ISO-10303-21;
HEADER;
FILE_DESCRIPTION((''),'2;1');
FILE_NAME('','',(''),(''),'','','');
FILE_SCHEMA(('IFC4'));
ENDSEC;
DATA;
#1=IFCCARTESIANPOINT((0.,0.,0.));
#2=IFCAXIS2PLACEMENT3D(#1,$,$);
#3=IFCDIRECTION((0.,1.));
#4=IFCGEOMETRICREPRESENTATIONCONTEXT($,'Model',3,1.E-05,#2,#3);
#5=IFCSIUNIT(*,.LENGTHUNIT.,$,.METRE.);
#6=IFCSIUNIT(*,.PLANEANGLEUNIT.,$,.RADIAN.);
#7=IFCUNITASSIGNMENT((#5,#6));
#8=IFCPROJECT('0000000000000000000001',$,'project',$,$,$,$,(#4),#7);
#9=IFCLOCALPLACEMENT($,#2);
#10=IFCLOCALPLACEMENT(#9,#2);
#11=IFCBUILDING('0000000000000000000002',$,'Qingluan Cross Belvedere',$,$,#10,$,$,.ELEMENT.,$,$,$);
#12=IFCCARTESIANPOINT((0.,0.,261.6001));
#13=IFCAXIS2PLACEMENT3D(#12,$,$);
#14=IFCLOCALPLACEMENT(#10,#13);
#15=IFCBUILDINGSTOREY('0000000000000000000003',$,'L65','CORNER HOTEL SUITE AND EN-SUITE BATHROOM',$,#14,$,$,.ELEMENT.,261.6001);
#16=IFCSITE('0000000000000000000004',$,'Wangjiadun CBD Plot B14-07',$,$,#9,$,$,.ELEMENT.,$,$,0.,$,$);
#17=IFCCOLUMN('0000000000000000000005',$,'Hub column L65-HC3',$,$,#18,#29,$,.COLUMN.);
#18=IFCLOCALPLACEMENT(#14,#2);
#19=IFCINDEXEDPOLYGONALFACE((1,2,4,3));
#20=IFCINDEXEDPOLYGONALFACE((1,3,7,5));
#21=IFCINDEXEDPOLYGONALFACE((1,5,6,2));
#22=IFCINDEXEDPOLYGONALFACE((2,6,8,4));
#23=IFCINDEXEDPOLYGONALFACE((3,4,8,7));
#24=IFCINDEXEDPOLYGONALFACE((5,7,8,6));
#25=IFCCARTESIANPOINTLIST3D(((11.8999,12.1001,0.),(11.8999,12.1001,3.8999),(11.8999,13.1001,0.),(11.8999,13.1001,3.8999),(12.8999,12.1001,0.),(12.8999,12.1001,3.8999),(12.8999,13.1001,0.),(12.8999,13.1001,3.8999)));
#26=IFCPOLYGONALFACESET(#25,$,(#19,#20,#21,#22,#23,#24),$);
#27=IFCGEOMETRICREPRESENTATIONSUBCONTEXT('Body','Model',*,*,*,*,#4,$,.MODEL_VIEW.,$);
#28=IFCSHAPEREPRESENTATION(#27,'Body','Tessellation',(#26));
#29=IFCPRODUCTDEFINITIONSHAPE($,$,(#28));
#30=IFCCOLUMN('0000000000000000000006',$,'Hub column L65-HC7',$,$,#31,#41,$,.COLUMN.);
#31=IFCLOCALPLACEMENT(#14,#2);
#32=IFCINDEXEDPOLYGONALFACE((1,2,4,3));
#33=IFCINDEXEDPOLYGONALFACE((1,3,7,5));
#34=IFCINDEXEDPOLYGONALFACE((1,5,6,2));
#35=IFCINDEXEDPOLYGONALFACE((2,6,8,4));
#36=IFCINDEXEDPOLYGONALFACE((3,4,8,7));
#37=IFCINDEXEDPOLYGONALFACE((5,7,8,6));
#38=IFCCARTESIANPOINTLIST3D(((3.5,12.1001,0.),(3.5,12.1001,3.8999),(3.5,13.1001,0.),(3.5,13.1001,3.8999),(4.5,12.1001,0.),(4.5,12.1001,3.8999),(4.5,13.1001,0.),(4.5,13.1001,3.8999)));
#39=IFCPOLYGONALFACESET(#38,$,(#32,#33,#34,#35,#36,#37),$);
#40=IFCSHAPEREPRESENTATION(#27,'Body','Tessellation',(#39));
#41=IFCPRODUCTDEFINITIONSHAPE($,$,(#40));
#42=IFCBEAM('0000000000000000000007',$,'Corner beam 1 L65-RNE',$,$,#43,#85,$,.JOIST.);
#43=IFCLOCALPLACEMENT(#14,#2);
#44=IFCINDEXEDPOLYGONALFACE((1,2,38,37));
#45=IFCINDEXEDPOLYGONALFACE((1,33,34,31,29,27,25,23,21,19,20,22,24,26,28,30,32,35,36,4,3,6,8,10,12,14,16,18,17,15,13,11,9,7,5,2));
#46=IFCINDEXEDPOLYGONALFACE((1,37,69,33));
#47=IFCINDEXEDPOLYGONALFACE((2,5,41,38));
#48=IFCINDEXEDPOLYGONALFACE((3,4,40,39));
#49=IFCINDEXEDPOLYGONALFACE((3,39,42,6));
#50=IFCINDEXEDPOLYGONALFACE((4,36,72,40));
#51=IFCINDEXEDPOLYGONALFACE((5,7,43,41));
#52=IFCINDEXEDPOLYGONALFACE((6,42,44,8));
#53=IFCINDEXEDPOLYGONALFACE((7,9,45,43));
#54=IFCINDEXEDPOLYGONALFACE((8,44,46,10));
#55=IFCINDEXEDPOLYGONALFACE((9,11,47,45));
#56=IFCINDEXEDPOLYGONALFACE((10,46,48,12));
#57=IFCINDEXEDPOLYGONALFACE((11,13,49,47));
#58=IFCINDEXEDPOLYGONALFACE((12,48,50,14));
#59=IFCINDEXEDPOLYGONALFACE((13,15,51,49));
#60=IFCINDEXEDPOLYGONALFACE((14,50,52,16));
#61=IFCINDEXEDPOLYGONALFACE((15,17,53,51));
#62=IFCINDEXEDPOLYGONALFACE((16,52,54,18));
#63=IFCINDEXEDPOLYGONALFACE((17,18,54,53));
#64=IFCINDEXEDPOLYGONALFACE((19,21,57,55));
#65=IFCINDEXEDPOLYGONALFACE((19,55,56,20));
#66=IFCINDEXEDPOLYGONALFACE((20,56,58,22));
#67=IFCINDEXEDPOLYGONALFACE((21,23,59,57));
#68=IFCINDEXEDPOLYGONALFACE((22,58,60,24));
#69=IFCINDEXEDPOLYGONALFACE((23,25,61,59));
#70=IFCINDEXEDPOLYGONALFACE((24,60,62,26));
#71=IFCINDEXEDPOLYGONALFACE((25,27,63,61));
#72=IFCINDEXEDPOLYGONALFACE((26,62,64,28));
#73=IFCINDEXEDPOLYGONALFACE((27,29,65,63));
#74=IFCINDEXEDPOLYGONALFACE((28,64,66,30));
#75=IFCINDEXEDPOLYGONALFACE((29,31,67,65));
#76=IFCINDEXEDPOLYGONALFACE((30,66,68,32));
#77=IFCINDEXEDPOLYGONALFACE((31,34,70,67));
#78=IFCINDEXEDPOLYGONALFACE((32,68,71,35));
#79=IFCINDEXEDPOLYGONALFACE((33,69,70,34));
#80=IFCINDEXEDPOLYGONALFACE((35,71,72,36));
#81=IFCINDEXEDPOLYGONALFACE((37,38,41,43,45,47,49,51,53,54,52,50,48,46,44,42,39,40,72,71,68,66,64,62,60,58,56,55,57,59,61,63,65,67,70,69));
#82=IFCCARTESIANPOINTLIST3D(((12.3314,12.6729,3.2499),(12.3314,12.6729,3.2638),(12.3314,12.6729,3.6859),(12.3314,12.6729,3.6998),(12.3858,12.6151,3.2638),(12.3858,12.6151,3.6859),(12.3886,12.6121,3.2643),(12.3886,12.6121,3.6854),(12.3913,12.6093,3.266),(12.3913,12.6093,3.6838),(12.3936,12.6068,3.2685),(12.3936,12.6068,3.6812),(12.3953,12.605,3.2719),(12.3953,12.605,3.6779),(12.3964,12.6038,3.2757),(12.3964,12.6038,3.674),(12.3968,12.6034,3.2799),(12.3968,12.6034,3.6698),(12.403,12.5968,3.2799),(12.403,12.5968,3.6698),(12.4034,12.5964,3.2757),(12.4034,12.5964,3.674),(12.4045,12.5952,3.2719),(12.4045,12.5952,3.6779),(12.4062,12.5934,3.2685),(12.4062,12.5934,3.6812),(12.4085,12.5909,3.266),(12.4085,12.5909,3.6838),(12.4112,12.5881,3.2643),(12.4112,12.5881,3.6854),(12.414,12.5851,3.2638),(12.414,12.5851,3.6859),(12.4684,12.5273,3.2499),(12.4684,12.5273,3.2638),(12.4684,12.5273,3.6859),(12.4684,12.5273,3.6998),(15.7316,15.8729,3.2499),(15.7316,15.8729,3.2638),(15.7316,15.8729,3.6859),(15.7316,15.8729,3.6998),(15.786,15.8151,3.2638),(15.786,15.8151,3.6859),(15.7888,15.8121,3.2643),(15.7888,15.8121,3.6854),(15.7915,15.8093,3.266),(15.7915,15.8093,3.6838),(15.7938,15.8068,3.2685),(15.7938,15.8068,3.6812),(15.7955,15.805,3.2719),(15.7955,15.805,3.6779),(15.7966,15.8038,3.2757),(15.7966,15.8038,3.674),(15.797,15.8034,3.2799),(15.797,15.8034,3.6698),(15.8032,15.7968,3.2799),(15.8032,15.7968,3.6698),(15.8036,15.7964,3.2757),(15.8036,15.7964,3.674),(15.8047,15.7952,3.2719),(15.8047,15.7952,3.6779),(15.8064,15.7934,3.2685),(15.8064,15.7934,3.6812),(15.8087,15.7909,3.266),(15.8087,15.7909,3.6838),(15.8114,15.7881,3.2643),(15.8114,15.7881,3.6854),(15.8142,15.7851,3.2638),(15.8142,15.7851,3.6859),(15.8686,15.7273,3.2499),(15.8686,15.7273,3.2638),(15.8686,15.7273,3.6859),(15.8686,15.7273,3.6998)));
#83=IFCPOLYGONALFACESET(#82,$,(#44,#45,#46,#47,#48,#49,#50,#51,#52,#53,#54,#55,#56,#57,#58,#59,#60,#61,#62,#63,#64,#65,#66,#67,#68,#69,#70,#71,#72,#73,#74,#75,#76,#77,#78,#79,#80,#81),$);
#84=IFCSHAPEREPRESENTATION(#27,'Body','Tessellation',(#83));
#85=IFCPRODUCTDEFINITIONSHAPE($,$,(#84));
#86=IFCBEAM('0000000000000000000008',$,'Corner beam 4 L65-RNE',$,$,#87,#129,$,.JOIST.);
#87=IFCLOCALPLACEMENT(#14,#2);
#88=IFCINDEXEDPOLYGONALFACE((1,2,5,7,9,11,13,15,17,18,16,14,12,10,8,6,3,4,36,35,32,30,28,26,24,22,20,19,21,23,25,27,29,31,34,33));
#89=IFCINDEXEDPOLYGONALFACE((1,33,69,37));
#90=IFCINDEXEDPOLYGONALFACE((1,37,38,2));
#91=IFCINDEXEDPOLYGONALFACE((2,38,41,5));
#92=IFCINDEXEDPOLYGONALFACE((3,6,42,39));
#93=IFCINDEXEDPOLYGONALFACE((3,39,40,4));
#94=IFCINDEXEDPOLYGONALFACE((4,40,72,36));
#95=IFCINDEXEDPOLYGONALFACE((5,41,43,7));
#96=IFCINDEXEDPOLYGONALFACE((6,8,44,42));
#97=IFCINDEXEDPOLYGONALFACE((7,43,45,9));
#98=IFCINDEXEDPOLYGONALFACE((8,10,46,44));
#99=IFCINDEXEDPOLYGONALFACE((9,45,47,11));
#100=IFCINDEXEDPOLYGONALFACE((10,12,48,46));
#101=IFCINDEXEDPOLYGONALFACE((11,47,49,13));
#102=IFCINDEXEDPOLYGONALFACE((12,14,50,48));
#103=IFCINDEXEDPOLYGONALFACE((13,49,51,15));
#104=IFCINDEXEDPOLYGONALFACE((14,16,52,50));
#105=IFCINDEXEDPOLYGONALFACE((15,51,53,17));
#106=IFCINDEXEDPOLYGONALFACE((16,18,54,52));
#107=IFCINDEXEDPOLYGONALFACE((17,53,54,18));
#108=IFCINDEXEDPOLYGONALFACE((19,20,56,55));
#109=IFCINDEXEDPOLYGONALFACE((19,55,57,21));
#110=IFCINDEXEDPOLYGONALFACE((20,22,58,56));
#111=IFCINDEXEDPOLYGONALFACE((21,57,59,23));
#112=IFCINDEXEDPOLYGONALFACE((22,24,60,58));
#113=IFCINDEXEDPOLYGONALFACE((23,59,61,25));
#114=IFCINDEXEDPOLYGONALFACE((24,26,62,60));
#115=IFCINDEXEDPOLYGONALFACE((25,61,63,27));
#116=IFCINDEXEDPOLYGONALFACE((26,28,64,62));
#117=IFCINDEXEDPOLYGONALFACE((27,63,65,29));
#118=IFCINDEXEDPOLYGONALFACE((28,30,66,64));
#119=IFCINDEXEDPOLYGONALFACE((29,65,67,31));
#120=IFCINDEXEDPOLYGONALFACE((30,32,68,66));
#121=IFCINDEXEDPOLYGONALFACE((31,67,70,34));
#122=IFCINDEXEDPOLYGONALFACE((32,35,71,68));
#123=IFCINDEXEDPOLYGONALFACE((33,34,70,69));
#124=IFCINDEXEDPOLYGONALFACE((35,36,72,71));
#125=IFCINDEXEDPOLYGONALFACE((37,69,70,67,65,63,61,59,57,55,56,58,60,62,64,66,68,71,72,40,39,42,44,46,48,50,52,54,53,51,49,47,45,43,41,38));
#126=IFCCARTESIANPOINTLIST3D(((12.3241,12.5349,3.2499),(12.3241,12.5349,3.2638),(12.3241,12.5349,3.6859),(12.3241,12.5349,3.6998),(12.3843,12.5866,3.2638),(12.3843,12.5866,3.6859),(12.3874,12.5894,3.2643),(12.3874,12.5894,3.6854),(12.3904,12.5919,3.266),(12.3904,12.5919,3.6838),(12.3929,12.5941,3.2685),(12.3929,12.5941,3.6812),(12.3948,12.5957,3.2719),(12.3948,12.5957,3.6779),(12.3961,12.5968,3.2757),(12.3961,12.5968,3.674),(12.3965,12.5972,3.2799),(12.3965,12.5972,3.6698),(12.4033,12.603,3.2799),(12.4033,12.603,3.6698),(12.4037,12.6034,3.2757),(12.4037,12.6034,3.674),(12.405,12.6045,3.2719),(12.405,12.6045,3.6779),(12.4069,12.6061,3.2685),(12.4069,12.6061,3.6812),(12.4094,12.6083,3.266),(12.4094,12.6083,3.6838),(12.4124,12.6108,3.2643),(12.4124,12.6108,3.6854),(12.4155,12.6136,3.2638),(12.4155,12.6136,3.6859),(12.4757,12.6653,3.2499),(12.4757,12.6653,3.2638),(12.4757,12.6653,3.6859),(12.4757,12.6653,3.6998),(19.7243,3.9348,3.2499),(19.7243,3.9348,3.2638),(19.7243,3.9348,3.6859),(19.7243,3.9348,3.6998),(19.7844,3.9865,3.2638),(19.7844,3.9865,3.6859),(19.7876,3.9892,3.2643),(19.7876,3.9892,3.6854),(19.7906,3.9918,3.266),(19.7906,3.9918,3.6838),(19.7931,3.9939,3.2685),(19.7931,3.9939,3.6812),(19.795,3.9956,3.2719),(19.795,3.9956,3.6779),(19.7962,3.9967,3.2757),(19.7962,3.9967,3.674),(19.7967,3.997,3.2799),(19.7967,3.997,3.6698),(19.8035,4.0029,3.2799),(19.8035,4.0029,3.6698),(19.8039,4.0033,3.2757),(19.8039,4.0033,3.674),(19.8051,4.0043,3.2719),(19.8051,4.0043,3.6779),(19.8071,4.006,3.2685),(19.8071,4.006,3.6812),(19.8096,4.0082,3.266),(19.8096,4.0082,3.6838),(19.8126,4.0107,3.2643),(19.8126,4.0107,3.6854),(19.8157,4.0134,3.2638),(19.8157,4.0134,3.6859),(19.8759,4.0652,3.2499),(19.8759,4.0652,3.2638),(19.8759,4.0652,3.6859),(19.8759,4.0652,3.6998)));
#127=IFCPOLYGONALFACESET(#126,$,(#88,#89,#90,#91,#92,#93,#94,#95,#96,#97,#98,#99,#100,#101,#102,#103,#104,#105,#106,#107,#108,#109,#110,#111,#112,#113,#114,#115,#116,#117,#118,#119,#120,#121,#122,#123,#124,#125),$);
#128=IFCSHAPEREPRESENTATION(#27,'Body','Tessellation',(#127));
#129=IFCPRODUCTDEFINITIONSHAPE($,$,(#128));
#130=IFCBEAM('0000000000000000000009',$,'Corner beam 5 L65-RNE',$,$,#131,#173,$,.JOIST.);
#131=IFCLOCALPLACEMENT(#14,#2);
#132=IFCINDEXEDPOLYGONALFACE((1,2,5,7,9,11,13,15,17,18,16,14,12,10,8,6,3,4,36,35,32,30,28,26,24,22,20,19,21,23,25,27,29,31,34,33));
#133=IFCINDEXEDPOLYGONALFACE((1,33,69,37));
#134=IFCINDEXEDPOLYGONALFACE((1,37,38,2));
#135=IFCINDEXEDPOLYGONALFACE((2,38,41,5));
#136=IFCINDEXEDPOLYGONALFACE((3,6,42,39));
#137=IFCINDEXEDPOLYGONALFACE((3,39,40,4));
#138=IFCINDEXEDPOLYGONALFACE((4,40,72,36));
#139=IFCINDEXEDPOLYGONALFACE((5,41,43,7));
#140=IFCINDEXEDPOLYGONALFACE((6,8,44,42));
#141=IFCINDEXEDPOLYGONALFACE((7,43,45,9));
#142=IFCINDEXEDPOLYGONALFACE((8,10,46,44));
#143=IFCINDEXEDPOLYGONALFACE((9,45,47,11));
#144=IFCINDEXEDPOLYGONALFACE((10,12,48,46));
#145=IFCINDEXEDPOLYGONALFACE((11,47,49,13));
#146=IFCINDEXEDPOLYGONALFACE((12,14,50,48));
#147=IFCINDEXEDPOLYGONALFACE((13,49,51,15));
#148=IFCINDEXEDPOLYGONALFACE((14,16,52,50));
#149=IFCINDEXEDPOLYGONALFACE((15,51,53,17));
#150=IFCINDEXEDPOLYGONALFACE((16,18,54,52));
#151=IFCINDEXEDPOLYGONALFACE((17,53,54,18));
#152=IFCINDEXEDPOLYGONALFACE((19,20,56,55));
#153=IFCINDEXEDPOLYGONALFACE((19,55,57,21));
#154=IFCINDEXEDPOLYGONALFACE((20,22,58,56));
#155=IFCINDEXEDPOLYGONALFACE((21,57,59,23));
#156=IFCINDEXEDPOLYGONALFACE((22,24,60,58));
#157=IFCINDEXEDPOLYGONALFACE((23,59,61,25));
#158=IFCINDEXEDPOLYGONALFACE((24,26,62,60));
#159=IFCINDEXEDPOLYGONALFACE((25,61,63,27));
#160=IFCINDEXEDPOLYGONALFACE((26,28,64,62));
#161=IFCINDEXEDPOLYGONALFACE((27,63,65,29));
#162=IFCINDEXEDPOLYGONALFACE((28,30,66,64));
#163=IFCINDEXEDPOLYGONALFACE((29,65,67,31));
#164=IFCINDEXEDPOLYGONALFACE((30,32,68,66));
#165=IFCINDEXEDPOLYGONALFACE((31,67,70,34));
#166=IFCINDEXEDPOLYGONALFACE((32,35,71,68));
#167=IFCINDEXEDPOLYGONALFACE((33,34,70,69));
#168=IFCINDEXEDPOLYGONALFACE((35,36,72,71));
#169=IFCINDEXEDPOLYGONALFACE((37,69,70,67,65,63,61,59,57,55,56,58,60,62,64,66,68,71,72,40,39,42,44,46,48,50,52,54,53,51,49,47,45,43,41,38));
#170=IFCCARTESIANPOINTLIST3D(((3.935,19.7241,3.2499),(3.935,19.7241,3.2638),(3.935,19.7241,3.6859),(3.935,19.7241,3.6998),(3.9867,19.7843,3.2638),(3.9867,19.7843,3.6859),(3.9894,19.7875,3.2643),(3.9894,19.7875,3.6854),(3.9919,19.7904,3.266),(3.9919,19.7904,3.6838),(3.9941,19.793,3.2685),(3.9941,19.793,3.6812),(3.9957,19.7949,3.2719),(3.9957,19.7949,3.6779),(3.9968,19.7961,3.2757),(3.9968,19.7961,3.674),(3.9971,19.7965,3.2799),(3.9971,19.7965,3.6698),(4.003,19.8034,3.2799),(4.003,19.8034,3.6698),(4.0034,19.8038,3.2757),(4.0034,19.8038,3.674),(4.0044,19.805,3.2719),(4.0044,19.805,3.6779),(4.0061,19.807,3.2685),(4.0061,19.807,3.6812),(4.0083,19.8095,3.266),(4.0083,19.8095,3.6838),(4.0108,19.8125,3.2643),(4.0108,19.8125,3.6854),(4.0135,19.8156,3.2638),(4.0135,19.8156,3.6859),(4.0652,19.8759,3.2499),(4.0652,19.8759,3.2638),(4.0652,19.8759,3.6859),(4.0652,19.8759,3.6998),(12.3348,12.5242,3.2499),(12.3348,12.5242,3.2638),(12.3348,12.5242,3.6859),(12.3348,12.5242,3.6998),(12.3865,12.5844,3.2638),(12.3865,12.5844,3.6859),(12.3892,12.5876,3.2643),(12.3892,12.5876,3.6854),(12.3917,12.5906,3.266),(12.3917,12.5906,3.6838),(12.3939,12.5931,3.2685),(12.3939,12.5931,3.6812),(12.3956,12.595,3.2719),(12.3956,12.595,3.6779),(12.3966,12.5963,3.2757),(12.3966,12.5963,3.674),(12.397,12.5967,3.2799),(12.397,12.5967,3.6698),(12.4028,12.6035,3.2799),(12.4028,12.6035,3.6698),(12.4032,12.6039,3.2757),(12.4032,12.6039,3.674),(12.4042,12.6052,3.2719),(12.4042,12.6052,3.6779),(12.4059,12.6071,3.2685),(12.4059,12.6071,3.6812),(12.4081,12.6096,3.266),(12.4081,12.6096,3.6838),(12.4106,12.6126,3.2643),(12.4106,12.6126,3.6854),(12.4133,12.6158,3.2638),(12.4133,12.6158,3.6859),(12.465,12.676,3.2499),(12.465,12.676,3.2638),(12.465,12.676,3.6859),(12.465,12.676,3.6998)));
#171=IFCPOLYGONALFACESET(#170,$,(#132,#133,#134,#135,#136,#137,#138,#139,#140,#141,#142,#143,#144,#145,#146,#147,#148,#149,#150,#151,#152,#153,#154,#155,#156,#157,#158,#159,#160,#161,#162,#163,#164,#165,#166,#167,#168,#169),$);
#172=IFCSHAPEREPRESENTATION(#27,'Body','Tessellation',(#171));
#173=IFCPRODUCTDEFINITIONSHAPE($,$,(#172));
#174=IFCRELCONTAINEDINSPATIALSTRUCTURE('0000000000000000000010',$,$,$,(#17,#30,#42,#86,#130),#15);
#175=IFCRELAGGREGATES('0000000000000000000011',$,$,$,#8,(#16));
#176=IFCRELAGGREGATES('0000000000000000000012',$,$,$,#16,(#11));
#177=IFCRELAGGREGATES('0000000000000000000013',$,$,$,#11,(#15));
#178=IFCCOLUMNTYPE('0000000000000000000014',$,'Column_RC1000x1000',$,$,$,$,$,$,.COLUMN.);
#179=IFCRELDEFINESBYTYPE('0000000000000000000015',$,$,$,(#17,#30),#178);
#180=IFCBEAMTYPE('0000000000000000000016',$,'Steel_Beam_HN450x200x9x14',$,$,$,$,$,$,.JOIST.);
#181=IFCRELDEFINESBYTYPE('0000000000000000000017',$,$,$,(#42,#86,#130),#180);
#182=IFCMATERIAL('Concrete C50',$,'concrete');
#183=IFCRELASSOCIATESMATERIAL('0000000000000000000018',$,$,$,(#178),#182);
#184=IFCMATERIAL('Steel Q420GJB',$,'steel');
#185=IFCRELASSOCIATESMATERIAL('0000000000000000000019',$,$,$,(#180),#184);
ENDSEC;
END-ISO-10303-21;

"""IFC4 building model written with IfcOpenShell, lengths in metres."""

from ifc_helpers import new_model, si_unit, direction, frame, origin, origin_2d, place, context, subcontext, project, spatial, rectangle, i_section, extrude, material, material_profile, profile_set, type_object, element, save


model = new_model("IFC4")

# Units and contexts
model_context = context("Model", 3, precision=1e-05, world=origin(), true_north=direction((0.0, 1.0)))
body_context = subcontext(model_context, "Body", "Model", "MODEL_VIEW")
ifc_project = project(units=[si_unit("LENGTHUNIT", "METRE"), si_unit("PLANEANGLEUNIT", "RADIAN")], contexts=[model_context])

# Site, building, storey
site_placement = place(None, origin())
site = spatial("IfcSite", under=ifc_project, at=site_placement, Name="Wangjiadun CBD Plot B14-07", CompositionType="ELEMENT", RefElevation=0.0)
building_placement = place(site_placement, origin())
building = spatial("IfcBuilding", under=site, at=building_placement, Name="Qingluan Cross Belvedere", CompositionType="ELEMENT")
storey_placement = place(building_placement, frame((0.0, 0.0, 261.6001)))
storey = spatial("IfcBuildingStorey", under=building, at=storey_placement, Name="L65", Description="CORNER HOTEL SUITE AND EN-SUITE BATHROOM", CompositionType="ELEMENT", Elevation=261.6001)

# Columns
ifc_material_1 = material(Name="Concrete C50", Category="concrete")
ifc_material_profile_1 = material_profile(ifc_material_1, rectangle(XDim=1.0, YDim=1.0, at=origin_2d()), Name="RC1000x1000")
ifc_profile_set_1 = profile_set([ifc_material_profile_1], Name="Concrete C50")
column_type = type_object("IfcColumnType", Name="Column_RC1000x1000", PredefinedType="COLUMN", material=ifc_profile_set_1)
for number, where, z_axis, x_axis, name in (
    (1, (12.3999, 12.6001, 0.0), (0.0, 0.0, 1.0), (1.0, 0.0, 0.0), "Hub column L65-HC3"),
    (2, (4.0, 12.6001, 0.0), (0.0, 0.0, 1.0), (1.0, 0.0, 0.0), "Hub column L65-HC7"),
):
    element("IfcColumn", number, at=place(storey_placement, frame(where, z_axis=z_axis, x_axis=x_axis)), inside=storey, type_object=column_type, Name=name, PredefinedType="COLUMN", context=body_context, shape_type="SweptSolid", body=[
        extrude(rectangle(XDim=1.0, YDim=1.0, at=origin_2d()), origin(), (0.0, 0.0, 1.0), 3.8999),
    ])

# Beams
ifc_material_2 = material(Name="Steel Q420GJB", Category="steel")
ifc_material_profile_2 = material_profile(ifc_material_2, i_section(OverallWidth=0.2, OverallDepth=0.45, WebThickness=0.009, FlangeThickness=0.0139, FilletRadius=0.0161, at=origin_2d()), Name="HN450x200x9x14")
ifc_profile_set_2 = profile_set([ifc_material_profile_2], Name="Steel Q420GJB")
beam_type_1 = type_object("IfcBeamType", Name="Steel_Beam_HN450x200x9x14", PredefinedType="JOIST", material=ifc_profile_set_2)
beam_1_placement = place(storey_placement, frame((12.3999, 12.6001, 3.4749), z_axis=(0.72822, 0.685343, 0.0), x_axis=(-0.685343, 0.72822, 0.0)))
element("IfcBeam", 3, at=beam_1_placement, inside=storey, type_object=beam_type_1, Name="Corner beam 1 L65-RNE", PredefinedType="JOIST", context=body_context, shape_type="SweptSolid", body=[
    extrude(i_section(OverallWidth=0.2, OverallDepth=0.45, WebThickness=0.009, FlangeThickness=0.0139, FilletRadius=0.0161, at=origin_2d()), origin(), (0.0, 0.0, 1.0), 4.6692),
])
beam_2_placement = place(storey_placement, frame((12.3999, 12.6001, 3.4749), z_axis=(0.652245, -0.758008, 0.0), x_axis=(0.758008, 0.652245, 0.0)))
element("IfcBeam", 4, at=beam_2_placement, inside=storey, type_object=beam_type_1, Name="Corner beam 4 L65-RNE", PredefinedType="JOIST", context=body_context, shape_type="SweptSolid", body=[
    extrude(i_section(OverallWidth=0.2, OverallDepth=0.45, WebThickness=0.009, FlangeThickness=0.0139, FilletRadius=0.0161, at=origin_2d()), origin(), (0.0, 0.0, 1.0), 11.3457),
])
beam_3_placement = place(storey_placement, frame((12.3999, 12.6001, 3.4749), z_axis=(-0.759255, 0.650793, 0.0), x_axis=(-0.650793, -0.759255, 0.0)))
element("IfcBeam", 5, at=beam_3_placement, inside=storey, type_object=beam_type_1, Name="Corner beam 5 L65-RNE", PredefinedType="JOIST", context=body_context, shape_type="SweptSolid", body=[
    extrude(i_section(OverallWidth=0.2, OverallDepth=0.45, WebThickness=0.009, FlangeThickness=0.0139, FilletRadius=0.0161, at=origin_2d()), origin(), (0.0, 0.0, 1.0), 11.0632),
])

save(model, "model.ifc")
